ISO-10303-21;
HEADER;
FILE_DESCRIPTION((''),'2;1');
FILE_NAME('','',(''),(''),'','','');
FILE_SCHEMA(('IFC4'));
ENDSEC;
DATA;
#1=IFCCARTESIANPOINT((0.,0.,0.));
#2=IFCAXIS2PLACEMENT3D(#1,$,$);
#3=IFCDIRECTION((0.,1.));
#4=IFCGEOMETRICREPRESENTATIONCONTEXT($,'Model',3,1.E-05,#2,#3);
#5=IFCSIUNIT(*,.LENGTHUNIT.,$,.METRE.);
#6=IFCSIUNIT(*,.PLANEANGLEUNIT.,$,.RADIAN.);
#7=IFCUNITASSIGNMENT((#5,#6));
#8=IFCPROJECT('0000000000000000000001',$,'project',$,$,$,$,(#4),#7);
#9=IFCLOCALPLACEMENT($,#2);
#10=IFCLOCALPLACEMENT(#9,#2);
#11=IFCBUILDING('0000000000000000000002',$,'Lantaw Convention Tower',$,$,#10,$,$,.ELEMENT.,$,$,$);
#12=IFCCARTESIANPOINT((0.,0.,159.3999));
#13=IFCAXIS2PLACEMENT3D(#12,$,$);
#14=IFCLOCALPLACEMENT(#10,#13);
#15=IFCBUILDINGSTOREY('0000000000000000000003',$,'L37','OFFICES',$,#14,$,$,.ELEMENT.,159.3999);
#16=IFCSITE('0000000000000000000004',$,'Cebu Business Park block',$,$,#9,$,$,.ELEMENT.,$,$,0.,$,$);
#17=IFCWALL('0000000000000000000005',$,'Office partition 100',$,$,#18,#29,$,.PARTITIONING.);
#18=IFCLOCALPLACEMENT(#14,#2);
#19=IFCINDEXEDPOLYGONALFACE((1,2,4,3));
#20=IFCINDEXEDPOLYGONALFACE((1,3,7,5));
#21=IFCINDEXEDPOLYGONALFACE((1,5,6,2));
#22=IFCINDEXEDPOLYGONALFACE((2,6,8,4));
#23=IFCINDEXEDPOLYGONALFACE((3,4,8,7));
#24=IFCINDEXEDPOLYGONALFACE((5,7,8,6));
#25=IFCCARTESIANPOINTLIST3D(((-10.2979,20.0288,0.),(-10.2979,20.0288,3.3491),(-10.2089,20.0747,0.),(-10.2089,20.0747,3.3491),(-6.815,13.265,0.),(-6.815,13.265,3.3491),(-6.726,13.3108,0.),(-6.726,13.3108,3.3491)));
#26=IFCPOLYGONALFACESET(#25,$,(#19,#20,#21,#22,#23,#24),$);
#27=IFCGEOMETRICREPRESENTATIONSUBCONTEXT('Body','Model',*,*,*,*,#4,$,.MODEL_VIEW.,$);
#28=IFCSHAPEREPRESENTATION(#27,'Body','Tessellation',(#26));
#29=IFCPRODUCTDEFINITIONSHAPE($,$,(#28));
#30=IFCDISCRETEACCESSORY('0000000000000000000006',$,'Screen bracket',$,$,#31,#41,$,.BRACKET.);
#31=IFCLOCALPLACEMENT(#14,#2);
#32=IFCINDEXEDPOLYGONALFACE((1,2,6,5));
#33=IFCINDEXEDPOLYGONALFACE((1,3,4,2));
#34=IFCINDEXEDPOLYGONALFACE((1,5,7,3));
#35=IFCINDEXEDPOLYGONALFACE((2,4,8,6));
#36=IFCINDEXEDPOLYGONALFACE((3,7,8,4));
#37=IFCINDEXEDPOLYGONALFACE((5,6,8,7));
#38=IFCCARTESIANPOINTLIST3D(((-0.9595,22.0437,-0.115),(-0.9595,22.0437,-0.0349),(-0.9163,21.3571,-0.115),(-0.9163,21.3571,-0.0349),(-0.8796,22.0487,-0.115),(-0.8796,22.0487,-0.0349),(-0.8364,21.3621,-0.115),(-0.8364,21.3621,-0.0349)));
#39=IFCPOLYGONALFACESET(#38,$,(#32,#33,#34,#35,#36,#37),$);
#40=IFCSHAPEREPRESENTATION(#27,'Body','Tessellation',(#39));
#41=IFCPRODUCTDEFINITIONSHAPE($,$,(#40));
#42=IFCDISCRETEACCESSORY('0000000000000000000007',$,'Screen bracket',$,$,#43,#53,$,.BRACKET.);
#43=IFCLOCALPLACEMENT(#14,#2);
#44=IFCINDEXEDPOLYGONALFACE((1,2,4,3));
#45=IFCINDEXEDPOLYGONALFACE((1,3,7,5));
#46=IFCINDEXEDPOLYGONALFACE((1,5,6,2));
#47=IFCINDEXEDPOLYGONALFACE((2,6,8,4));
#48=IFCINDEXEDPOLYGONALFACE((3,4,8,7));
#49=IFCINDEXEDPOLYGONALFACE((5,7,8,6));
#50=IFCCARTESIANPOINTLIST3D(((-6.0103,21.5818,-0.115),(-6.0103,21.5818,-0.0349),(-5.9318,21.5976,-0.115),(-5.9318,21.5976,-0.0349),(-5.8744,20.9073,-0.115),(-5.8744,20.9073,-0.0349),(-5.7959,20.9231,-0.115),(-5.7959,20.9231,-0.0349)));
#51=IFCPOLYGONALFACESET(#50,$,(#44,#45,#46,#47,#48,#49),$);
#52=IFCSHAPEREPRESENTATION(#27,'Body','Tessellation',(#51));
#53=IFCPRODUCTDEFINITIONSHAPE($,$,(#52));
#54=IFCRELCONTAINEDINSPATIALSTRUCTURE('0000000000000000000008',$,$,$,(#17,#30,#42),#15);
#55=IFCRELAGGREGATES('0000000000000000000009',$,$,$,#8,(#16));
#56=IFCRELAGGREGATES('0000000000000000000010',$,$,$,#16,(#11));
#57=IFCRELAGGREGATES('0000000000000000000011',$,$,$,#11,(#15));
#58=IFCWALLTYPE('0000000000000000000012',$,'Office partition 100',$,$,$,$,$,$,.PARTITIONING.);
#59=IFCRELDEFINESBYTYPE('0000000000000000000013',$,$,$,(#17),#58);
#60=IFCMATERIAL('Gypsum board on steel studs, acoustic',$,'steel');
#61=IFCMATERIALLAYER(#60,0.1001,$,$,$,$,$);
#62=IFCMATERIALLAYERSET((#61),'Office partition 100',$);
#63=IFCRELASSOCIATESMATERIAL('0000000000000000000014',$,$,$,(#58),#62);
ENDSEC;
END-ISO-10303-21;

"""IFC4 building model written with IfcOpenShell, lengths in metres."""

from ifc_helpers import new_model, si_unit, direction, frame, frame_2d, origin, origin_2d, place, context, subcontext, project, spatial, rectangle, extrude, material, layer, layer_set, type_object, element, save


model = new_model("IFC4")

# Units and contexts
model_context = context("Model", 3, precision=1e-05, world=origin(), true_north=direction((0.0, 1.0)))
body_context = subcontext(model_context, "Body", "Model", "MODEL_VIEW")
ifc_project = project(units=[si_unit("LENGTHUNIT", "METRE"), si_unit("PLANEANGLEUNIT", "RADIAN")], contexts=[model_context])

# Site, building, storey
site_placement = place(None, origin())
site = spatial("IfcSite", under=ifc_project, at=site_placement, Name="Cebu Business Park block", CompositionType="ELEMENT", RefElevation=0.0)
building_placement = place(site_placement, origin())
building = spatial("IfcBuilding", under=site, at=building_placement, Name="Lantaw Convention Tower", CompositionType="ELEMENT")
storey_placement = place(building_placement, frame((0.0, 0.0, 159.3999)))
storey = spatial("IfcBuildingStorey", under=building, at=storey_placement, Name="L37", Description="OFFICES", CompositionType="ELEMENT", Elevation=159.3999)

# Wall
ifc_material_1 = material(Name="Gypsum board on steel studs, acoustic", Category="steel")
ifc_layer_1 = layer(ifc_material_1, 0.1001)
ifc_layer_set_1 = layer_set([ifc_layer_1], Name="Office partition 100")
wall_type = type_object("IfcWallType", Name="Office partition 100", PredefinedType="PARTITIONING", material=ifc_layer_set_1)
wall_1_placement = place(storey_placement, frame((-10.2534, 20.0518, 0.0), z_axis=(0.0, 0.0, 1.0), x_axis=(0.457798, -0.889056, 0.0)))
element("IfcWall", 1, at=wall_1_placement, inside=storey, type_object=wall_type, Name="Office partition 100", PredefinedType="PARTITIONING", context=body_context, shape_type="SweptSolid", body=[
    extrude(rectangle(XDim=7.6079, YDim=0.1001, at=frame_2d((3.804, 0.0))), origin(), (0.0, 0.0, 1.0), 3.3491),
])

# Discrete accessories
for number, where, z_axis, x_axis, name in (
    (2, (-0.8979, 21.7029, -0.115), (0.0, 0.0, 1.0), (-0.998022, -0.062865, 0.0), "Screen bracket"),
    (3, (-5.9031, 21.2524, -0.115), (0.0, 0.0, 1.0), (-0.980302, -0.197507, 0.0), "Screen bracket"),
):
    element("IfcDiscreteAccessory", number, at=place(storey_placement, frame(where, z_axis=z_axis, x_axis=x_axis)), inside=storey, Name=name, PredefinedType="BRACKET", context=body_context, shape_type="SweptSolid", body=[
        extrude(rectangle(XDim=0.0801, YDim=0.688, at=origin_2d()), origin(), (0.0, 0.0, 1.0), 0.0801),
    ])

save(model, "model.ifc")
